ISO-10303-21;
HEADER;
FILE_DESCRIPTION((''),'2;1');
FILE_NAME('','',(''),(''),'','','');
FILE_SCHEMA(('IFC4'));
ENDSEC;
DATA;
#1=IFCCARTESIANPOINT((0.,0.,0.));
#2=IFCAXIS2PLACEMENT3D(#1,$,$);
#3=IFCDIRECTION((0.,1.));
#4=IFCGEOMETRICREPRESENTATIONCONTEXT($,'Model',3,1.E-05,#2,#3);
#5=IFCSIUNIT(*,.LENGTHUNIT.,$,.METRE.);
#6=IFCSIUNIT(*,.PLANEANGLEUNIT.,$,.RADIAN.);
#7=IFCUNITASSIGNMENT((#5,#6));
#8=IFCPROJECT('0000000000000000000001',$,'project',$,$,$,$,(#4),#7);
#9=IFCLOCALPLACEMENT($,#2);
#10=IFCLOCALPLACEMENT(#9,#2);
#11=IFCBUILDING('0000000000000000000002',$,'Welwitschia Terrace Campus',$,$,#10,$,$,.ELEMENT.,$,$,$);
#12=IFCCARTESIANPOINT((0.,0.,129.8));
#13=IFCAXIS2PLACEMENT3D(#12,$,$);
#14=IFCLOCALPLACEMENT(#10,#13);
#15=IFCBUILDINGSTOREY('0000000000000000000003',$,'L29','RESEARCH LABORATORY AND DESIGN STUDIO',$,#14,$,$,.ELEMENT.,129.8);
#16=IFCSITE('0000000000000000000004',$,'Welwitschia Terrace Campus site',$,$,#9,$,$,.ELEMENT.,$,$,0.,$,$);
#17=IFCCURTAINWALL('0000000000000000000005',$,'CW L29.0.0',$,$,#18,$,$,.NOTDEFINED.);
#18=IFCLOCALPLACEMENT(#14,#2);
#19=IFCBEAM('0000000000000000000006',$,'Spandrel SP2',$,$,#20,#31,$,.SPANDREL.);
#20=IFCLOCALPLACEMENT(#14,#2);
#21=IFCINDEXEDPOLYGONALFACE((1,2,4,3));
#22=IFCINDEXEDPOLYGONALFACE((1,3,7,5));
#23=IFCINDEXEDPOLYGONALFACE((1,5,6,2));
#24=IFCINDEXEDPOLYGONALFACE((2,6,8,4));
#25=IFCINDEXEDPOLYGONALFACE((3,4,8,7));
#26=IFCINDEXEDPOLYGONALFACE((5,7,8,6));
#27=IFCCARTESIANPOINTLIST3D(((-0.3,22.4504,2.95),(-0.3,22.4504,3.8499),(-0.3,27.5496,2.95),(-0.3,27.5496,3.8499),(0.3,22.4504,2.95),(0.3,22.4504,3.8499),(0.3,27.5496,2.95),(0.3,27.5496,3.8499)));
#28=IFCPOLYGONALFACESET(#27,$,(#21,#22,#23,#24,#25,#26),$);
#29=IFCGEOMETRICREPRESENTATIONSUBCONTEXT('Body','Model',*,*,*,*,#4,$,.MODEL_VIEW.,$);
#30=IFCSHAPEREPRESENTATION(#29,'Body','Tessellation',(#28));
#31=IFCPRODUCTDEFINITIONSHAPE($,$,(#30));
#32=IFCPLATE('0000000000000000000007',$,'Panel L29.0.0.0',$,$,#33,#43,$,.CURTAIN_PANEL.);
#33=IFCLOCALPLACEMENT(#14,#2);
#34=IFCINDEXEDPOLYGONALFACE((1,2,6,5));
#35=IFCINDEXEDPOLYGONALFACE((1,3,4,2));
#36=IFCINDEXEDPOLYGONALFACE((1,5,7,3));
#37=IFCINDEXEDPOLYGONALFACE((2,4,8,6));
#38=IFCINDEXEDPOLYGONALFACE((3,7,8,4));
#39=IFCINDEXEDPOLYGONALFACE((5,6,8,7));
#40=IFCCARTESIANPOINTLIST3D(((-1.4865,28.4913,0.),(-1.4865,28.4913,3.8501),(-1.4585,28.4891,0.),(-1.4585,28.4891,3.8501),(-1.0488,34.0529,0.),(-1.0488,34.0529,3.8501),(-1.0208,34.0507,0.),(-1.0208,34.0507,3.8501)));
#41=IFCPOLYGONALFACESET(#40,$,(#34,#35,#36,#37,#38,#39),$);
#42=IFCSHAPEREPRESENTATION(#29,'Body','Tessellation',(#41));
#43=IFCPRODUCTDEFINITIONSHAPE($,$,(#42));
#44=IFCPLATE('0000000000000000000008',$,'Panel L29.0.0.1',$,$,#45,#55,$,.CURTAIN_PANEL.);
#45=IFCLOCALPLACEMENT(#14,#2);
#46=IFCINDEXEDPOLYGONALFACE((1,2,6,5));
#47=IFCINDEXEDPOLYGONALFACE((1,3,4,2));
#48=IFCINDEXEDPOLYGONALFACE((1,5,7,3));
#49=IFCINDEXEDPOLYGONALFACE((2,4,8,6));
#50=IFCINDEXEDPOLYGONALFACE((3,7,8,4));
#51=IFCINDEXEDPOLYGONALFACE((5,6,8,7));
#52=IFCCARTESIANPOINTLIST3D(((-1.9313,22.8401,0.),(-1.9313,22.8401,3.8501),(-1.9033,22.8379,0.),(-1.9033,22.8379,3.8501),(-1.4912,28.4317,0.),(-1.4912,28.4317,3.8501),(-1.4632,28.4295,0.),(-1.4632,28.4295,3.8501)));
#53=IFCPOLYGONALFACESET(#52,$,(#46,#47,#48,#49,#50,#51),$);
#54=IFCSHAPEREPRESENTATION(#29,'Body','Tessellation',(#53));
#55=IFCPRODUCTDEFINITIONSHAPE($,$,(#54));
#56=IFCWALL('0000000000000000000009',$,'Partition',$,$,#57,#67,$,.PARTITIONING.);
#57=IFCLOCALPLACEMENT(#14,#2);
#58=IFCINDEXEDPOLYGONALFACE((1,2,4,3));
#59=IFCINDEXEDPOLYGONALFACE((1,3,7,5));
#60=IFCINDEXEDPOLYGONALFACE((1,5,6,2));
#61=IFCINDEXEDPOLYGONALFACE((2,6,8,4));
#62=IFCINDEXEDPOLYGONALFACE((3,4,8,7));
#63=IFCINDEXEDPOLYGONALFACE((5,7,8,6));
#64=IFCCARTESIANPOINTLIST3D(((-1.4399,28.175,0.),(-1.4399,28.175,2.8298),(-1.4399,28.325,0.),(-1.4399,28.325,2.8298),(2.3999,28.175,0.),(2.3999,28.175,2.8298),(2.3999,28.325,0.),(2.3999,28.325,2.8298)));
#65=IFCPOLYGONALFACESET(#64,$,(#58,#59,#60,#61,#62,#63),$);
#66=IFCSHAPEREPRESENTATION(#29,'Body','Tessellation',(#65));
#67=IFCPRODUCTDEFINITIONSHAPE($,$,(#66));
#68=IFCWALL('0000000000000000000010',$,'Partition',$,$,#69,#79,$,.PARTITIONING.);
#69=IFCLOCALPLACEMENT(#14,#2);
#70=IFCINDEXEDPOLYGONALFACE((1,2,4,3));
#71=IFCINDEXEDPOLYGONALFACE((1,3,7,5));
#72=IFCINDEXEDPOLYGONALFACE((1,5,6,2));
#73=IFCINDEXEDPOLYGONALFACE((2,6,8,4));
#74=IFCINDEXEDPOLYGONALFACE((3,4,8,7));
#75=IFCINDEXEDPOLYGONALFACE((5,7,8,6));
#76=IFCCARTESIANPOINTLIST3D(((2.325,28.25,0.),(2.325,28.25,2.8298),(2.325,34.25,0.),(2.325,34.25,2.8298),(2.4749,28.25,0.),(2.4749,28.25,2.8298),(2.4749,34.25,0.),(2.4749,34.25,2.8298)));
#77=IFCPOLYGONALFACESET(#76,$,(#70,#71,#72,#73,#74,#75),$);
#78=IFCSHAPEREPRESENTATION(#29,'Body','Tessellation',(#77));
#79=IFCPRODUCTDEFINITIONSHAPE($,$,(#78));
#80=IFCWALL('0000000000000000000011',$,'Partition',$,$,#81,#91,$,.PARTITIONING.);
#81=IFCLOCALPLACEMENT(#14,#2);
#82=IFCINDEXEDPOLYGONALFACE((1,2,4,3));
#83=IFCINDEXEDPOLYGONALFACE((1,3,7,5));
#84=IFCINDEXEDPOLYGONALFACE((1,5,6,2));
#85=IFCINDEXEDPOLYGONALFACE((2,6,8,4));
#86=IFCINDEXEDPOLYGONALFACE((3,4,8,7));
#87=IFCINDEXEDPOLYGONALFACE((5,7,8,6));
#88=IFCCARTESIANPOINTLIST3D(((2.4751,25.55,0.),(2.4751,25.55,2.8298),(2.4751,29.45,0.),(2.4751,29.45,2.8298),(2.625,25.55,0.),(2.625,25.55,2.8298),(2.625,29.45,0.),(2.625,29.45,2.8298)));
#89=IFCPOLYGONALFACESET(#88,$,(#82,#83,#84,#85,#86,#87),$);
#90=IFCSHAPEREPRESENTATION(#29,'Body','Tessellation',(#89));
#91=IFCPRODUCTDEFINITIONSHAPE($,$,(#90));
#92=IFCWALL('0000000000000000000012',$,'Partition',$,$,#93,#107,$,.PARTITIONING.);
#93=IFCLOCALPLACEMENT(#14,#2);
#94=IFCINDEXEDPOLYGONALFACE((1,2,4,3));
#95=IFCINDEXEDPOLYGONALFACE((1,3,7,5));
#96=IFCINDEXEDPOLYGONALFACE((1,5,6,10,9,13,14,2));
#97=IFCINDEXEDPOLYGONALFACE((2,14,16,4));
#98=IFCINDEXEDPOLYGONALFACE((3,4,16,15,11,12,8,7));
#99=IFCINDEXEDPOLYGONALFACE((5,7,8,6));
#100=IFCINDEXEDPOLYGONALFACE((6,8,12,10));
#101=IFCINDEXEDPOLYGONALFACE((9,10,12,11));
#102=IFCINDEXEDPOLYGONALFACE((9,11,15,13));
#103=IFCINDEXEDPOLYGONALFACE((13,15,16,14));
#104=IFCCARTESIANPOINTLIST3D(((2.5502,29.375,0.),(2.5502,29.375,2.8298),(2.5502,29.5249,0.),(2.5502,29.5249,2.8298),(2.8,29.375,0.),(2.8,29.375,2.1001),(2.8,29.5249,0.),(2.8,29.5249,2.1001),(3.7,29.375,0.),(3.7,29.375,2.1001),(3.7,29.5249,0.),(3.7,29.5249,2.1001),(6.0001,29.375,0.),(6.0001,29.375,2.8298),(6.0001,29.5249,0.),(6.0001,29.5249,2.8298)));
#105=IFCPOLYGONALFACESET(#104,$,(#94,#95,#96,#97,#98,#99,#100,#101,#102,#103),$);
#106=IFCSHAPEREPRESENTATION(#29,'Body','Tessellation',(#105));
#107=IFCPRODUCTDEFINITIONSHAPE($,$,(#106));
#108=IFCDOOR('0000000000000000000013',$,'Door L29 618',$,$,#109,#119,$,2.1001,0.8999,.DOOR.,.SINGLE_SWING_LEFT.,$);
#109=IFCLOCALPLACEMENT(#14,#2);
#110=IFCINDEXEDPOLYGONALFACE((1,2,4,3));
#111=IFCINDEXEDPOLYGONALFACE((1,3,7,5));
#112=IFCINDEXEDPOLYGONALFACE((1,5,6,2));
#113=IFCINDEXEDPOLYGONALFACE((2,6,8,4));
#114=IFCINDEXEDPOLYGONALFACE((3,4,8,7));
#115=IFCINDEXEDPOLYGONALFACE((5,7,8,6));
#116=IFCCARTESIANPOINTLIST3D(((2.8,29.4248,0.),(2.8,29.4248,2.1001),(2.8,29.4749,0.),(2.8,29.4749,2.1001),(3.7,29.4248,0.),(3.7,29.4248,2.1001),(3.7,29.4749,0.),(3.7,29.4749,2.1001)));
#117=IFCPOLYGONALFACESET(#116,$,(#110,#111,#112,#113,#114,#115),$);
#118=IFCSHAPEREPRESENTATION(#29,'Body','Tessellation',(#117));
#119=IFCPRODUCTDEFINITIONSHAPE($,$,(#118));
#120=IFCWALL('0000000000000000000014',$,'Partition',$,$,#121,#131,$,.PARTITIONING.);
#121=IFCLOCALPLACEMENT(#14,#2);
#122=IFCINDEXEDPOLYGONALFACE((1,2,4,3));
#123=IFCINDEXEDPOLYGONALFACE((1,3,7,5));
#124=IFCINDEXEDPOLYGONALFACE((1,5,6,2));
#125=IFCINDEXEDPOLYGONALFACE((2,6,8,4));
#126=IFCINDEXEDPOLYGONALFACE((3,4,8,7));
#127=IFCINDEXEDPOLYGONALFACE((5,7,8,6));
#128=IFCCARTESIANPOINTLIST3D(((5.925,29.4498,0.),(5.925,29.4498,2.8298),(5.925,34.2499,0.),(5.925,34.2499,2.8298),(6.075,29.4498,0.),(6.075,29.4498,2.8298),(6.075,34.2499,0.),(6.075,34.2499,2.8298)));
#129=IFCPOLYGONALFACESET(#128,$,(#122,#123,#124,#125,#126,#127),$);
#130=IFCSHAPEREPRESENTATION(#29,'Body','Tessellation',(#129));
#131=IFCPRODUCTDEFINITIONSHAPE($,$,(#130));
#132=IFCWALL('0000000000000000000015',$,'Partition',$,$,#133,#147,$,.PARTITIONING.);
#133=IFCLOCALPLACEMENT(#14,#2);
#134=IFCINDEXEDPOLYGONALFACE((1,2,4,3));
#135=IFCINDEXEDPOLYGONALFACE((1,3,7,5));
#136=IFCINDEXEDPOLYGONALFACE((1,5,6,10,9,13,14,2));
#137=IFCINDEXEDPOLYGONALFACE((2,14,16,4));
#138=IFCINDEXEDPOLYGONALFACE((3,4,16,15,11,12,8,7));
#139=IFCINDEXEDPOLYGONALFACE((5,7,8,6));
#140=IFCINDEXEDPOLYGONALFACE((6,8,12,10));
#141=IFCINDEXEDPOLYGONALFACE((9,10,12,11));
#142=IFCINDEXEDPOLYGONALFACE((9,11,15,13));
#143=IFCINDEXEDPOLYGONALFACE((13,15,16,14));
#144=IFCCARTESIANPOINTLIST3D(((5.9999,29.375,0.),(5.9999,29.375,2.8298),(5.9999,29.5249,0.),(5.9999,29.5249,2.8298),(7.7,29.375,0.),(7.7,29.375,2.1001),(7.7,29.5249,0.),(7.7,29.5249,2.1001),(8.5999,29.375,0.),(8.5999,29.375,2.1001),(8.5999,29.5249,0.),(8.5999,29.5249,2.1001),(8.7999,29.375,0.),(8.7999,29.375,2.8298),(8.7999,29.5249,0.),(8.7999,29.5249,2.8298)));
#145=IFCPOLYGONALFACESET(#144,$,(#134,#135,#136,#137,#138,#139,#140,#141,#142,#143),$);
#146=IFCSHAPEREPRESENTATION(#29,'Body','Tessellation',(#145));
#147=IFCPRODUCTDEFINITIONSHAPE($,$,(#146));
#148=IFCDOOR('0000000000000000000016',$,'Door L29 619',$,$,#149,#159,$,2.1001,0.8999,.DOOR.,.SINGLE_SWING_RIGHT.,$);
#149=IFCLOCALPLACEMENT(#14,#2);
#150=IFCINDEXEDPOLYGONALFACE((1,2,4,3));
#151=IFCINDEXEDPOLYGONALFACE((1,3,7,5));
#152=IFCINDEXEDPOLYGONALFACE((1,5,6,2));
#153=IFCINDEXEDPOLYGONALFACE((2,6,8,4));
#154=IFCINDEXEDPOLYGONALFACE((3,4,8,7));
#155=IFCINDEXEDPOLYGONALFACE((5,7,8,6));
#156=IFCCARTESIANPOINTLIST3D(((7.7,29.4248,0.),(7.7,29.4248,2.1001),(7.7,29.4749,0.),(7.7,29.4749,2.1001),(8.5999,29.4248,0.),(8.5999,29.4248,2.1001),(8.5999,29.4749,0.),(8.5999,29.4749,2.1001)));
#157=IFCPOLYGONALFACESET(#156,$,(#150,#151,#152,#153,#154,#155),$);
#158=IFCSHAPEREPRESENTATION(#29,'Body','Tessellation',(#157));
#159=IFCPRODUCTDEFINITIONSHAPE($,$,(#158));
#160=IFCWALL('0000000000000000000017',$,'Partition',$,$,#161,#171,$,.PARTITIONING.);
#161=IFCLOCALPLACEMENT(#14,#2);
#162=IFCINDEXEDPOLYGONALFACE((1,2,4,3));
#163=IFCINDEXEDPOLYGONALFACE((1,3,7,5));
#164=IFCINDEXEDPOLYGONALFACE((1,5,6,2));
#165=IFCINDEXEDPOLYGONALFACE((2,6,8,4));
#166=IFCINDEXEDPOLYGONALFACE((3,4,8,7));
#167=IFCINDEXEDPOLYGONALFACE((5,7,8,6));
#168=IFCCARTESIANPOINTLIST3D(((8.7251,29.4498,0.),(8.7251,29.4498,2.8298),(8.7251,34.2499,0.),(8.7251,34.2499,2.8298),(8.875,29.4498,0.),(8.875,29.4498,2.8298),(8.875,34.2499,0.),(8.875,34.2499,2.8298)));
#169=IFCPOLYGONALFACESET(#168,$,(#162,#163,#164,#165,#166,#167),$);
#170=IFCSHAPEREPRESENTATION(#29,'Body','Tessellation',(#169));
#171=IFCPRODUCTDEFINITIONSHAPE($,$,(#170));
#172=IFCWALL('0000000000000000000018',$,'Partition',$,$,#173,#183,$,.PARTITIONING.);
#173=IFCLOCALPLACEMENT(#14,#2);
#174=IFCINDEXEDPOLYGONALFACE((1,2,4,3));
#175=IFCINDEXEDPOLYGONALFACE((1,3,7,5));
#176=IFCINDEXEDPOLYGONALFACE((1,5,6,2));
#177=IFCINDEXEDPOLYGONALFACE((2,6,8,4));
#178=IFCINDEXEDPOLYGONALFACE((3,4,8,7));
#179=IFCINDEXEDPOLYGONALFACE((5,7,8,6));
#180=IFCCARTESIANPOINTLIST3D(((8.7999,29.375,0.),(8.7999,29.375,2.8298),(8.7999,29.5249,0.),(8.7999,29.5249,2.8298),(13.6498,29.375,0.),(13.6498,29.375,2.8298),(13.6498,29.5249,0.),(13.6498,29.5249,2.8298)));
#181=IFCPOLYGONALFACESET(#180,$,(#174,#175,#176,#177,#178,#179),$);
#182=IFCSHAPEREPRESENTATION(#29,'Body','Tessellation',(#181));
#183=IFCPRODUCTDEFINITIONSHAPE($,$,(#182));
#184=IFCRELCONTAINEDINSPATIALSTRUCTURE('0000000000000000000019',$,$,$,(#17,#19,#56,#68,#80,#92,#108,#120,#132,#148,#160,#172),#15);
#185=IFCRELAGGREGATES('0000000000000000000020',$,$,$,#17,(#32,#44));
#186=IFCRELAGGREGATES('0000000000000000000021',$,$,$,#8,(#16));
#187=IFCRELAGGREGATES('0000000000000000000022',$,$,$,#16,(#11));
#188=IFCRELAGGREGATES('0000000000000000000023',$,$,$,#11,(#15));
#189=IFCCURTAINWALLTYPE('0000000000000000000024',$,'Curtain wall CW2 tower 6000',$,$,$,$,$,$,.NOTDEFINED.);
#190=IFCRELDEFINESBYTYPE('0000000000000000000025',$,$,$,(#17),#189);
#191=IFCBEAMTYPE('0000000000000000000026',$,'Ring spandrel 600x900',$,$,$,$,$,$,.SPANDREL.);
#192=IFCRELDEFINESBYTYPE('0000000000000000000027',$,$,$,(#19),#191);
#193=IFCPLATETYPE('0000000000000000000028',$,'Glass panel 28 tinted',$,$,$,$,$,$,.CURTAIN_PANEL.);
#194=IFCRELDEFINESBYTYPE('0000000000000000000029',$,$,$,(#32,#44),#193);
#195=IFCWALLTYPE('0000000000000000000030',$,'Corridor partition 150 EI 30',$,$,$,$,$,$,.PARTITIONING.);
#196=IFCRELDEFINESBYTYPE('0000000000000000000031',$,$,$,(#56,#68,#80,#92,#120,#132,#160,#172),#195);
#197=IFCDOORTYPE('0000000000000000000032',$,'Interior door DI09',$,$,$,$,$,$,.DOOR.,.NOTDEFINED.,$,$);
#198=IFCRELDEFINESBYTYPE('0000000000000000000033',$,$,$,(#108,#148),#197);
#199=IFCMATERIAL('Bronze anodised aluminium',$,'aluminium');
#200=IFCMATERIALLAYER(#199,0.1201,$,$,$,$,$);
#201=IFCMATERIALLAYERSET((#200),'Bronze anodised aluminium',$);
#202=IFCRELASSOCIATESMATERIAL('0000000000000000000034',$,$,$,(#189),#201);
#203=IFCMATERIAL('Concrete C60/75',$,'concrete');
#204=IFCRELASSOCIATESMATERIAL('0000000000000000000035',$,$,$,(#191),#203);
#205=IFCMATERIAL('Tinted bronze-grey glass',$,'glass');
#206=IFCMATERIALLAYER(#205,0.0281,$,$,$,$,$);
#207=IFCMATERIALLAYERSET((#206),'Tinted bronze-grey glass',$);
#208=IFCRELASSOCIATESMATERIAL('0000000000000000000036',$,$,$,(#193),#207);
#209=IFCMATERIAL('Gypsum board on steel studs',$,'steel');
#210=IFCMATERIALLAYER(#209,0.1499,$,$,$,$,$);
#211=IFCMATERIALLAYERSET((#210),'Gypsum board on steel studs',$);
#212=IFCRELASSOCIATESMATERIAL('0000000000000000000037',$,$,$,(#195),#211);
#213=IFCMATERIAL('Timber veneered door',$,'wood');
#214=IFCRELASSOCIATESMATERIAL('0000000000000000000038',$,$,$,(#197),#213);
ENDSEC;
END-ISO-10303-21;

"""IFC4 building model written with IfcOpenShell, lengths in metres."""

from ifc_helpers import new_model, si_unit, direction, frame, frame_2d, origin, origin_2d, place, context, subcontext, project, spatial, rectangle, extrude, material, layer, layer_set, material_profile, profile_set, type_object, element, fill, aggregate, save


model = new_model("IFC4")

# Units and contexts
model_context = context("Model", 3, precision=1e-05, world=origin(), true_north=direction((0.0, 1.0)))
body_context = subcontext(model_context, "Body", "Model", "MODEL_VIEW")
ifc_project = project(units=[si_unit("LENGTHUNIT", "METRE"), si_unit("PLANEANGLEUNIT", "RADIAN")], contexts=[model_context])

# Site, building, storey
site_placement = place(None, origin())
site = spatial("IfcSite", under=ifc_project, at=site_placement, Name="Welwitschia Terrace Campus site", CompositionType="ELEMENT", RefElevation=0.0)
building_placement = place(site_placement, origin())
building = spatial("IfcBuilding", under=site, at=building_placement, Name="Welwitschia Terrace Campus", CompositionType="ELEMENT")
storey_placement = place(building_placement, frame((0.0, 0.0, 129.8)))
storey = spatial("IfcBuildingStorey", under=building, at=storey_placement, Name="L29", Description="RESEARCH LABORATORY AND DESIGN STUDIO", CompositionType="ELEMENT", Elevation=129.8)

# Curtain wall
ifc_material_1 = material(Name="Bronze anodised aluminium", Category="aluminium")
ifc_layer_1 = layer(ifc_material_1, 0.1201)
ifc_layer_set_1 = layer_set([ifc_layer_1], Name="Bronze anodised aluminium")
curtain_wall_type = type_object("IfcCurtainWallType", Name="Curtain wall CW2 tower 6000", PredefinedType="NOTDEFINED", material=ifc_layer_set_1)
curtain_wall_placement = place(storey_placement, origin())
curtain_wall = element("IfcCurtainWall", 1, at=curtain_wall_placement, inside=storey, type_object=curtain_wall_type, Name="CW L29.0.0", PredefinedType="NOTDEFINED")

# Beam
ifc_material_2 = material(Name="Concrete C60/75", Category="concrete")
ifc_material_profile_1 = material_profile(ifc_material_2, rectangle(XDim=0.6001, YDim=0.8999, at=origin_2d()))
ifc_profile_set_1 = profile_set([ifc_material_profile_1], Name="Concrete C60/75")
beam_type_1 = type_object("IfcBeamType", Name="Ring spandrel 600x900", PredefinedType="SPANDREL", material=ifc_profile_set_1)
beam_1_placement = place(storey_placement, frame((0.0, 27.5496, 3.3999), z_axis=(0.0, -1.0, 0.0), x_axis=(1.0, 0.0, 0.0)))
element("IfcBeam", 2, at=beam_1_placement, inside=storey, type_object=beam_type_1, Name="Spandrel SP2", PredefinedType="SPANDREL", context=body_context, shape_type="SweptSolid", body=[
    extrude(rectangle(XDim=0.6001, YDim=0.8999, at=origin_2d()), origin(), (0.0, 0.0, 1.0), 5.0991),
])

# Plates
ifc_material_3 = material(Name="Tinted bronze-grey glass", Category="glass")
ifc_layer_2 = layer(ifc_material_3, 0.0281)
ifc_layer_set_2 = layer_set([ifc_layer_2], Name="Tinted bronze-grey glass")
plate_type = type_object("IfcPlateType", Name="Glass panel 28 tinted", PredefinedType="CURTAIN_PANEL", material=ifc_layer_set_2)
plate_1_placement = place(storey_placement, frame((-1.2537, 31.271, 0.0), z_axis=(0.0, 0.0, 1.0), x_axis=(-0.078459, -0.996917, 0.0)))
plate_1 = element("IfcPlate", 3, at=plate_1_placement, type_object=plate_type, Name="Panel L29.0.0.0", PredefinedType="CURTAIN_PANEL", context=body_context, shape_type="SweptSolid", body=[
    extrude(rectangle(XDim=5.5789, YDim=0.0281, at=origin_2d()), origin(), (0.0, 0.0, 1.0), 3.8501),
])
plate_2_placement = place(storey_placement, frame((-1.6973, 25.6348, 0.0), z_axis=(0.0, 0.0, 1.0), x_axis=(-0.078459, -0.996917, 0.0)))
plate_2 = element("IfcPlate", 4, at=plate_2_placement, type_object=plate_type, Name="Panel L29.0.0.1", PredefinedType="CURTAIN_PANEL", context=body_context, shape_type="SweptSolid", body=[
    extrude(rectangle(XDim=5.6089, YDim=0.0281, at=origin_2d()), origin(), (0.0, 0.0, 1.0), 3.8501),
])
aggregate(curtain_wall, [plate_1, plate_2])

# Walls
ifc_material_4 = material(Name="Gypsum board on steel studs", Category="steel")
ifc_layer_3 = layer(ifc_material_4, 0.1499)
ifc_layer_set_3 = layer_set([ifc_layer_3], Name="Gypsum board on steel studs")
wall_type = type_object("IfcWallType", Name="Corridor partition 150 EI 30", PredefinedType="PARTITIONING", material=ifc_layer_set_3)
wall_1_placement = place(storey_placement, frame((-1.4399, 28.25, 0.0), z_axis=(0.0, 0.0, 1.0), x_axis=(1.0, 0.0, 0.0)))
element("IfcWall", 5, at=wall_1_placement, inside=storey, type_object=wall_type, Name="Partition", PredefinedType="PARTITIONING", context=body_context, shape_type="SweptSolid", body=[
    extrude(rectangle(XDim=3.8398, YDim=0.1499, at=frame_2d((1.9199, 0.0))), origin(), (0.0, 0.0, 1.0), 2.8298),
])
wall_2_placement = place(storey_placement, frame((2.3999, 28.25, 0.0), z_axis=(0.0, 0.0, 1.0), x_axis=(0.0, 1.0, 0.0)))
element("IfcWall", 6, at=wall_2_placement, inside=storey, type_object=wall_type, Name="Partition", PredefinedType="PARTITIONING", context=body_context, shape_type="SweptSolid", body=[
    extrude(rectangle(XDim=6.0, YDim=0.1499, at=frame_2d((3.0, 0.0))), origin(), (0.0, 0.0, 1.0), 2.8298),
])
wall_3_placement = place(storey_placement, frame((2.55, 25.55, 0.0), z_axis=(0.0, 0.0, 1.0), x_axis=(0.0, 1.0, 0.0)))
element("IfcWall", 7, at=wall_3_placement, inside=storey, type_object=wall_type, Name="Partition", PredefinedType="PARTITIONING", context=body_context, shape_type="SweptSolid", body=[
    extrude(rectangle(XDim=3.8999, YDim=0.1499, at=frame_2d((1.95, 0.0))), origin(), (0.0, 0.0, 1.0), 2.8298),
])

# Wall, opening, door
wall_4_placement = place(storey_placement, frame((2.55, 29.45, 0.0), z_axis=(0.0, 0.0, 1.0), x_axis=(1.0, 0.0, 0.0)))
wall_4 = element("IfcWall", 8, at=wall_4_placement, inside=storey, type_object=wall_type, Name="Partition", PredefinedType="PARTITIONING", context=body_context, shape_type="SweptSolid", body=[
    extrude(rectangle(XDim=3.45, YDim=0.1499, at=frame_2d((1.7251, 0.0))), origin(), (0.0, 0.0, 1.0), 2.8298),
])
opening_1_placement = place(wall_4_placement, frame((0.25, 0.0, 0.0)))
opening_1 = element("IfcOpeningElement", 9, at=opening_1_placement, cuts=wall_4, PredefinedType="OPENING", context=body_context, shape_type="SweptSolid", body=[
    extrude(rectangle(XDim=0.8999, YDim=2.1001, at=frame_2d((0.45, 1.05))), frame((0.0, 0.085, 0.0), z_axis=(0.0, -1.0, 0.0), x_axis=(1.0, 0.0, 0.0)), (0.0, 0.0, 1.0), 0.1699),
])
ifc_material_5 = material(Name="Timber veneered door", Category="wood")
door_type = type_object("IfcDoorType", Name="Interior door DI09", OperationType="NOTDEFINED", PredefinedType="DOOR", material=ifc_material_5)
door_1_placement = place(opening_1_placement, origin())
door_1 = element("IfcDoor", 10, at=door_1_placement, inside=storey, type_object=door_type, Name="Door L29 618", OperationType="SINGLE_SWING_LEFT", OverallHeight=2.1001, OverallWidth=0.8999, PredefinedType="DOOR", context=body_context, shape_type="SweptSolid", body=[
    extrude(rectangle(XDim=0.8999, YDim=2.1001, at=frame_2d((0.45, 1.05))), frame((0.0, 0.0249, 0.0), z_axis=(0.0, -1.0, 0.0), x_axis=(1.0, 0.0, 0.0)), (0.0, 0.0, 1.0), 0.05),
])
fill(opening_1, door_1)

# Wall
wall_5_placement = place(storey_placement, frame((6.0, 29.45, 0.0), z_axis=(0.0, 0.0, 1.0), x_axis=(0.0, 1.0, 0.0)))
element("IfcWall", 11, at=wall_5_placement, inside=storey, type_object=wall_type, Name="Partition", PredefinedType="PARTITIONING", context=body_context, shape_type="SweptSolid", body=[
    extrude(rectangle(XDim=4.8, YDim=0.1499, at=frame_2d((2.3999, 0.0))), origin(), (0.0, 0.0, 1.0), 2.8298),
])

# Wall, opening, door
wall_6_placement = place(storey_placement, frame((6.0, 29.45, 0.0), z_axis=(0.0, 0.0, 1.0), x_axis=(1.0, 0.0, 0.0)))
wall_6 = element("IfcWall", 12, at=wall_6_placement, inside=storey, type_object=wall_type, Name="Partition", PredefinedType="PARTITIONING", context=body_context, shape_type="SweptSolid", body=[
    extrude(rectangle(XDim=2.8, YDim=0.1499, at=frame_2d((1.3999, 0.0))), origin(), (0.0, 0.0, 1.0), 2.8298),
])
opening_2_placement = place(wall_6_placement, frame((1.7, 0.0, 0.0)))
opening_2 = element("IfcOpeningElement", 13, at=opening_2_placement, cuts=wall_6, PredefinedType="OPENING", context=body_context, shape_type="SweptSolid", body=[
    extrude(rectangle(XDim=0.8999, YDim=2.1001, at=frame_2d((0.45, 1.05))), frame((0.0, 0.085, 0.0), z_axis=(0.0, -1.0, 0.0), x_axis=(1.0, 0.0, 0.0)), (0.0, 0.0, 1.0), 0.1699),
])
door_2_placement = place(opening_2_placement, origin())
door_2 = element("IfcDoor", 14, at=door_2_placement, inside=storey, type_object=door_type, Name="Door L29 619", OperationType="SINGLE_SWING_RIGHT", OverallHeight=2.1001, OverallWidth=0.8999, PredefinedType="DOOR", context=body_context, shape_type="SweptSolid", body=[
    extrude(rectangle(XDim=0.8999, YDim=2.1001, at=frame_2d((0.45, 1.05))), frame((0.0, 0.0249, 0.0), z_axis=(0.0, -1.0, 0.0), x_axis=(1.0, 0.0, 0.0)), (0.0, 0.0, 1.0), 0.05),
])
fill(opening_2, door_2)

# Walls
wall_7_placement = place(storey_placement, frame((8.8, 29.45, 0.0), z_axis=(0.0, 0.0, 1.0), x_axis=(0.0, 1.0, 0.0)))
element("IfcWall", 15, at=wall_7_placement, inside=storey, type_object=wall_type, Name="Partition", PredefinedType="PARTITIONING", context=body_context, shape_type="SweptSolid", body=[
    extrude(rectangle(XDim=4.8, YDim=0.1499, at=frame_2d((2.3999, 0.0))), origin(), (0.0, 0.0, 1.0), 2.8298),
])
wall_8_placement = place(storey_placement, frame((8.8, 29.45, 0.0), z_axis=(0.0, 0.0, 1.0), x_axis=(1.0, 0.0, 0.0)))
element("IfcWall", 16, at=wall_8_placement, inside=storey, type_object=wall_type, Name="Partition", PredefinedType="PARTITIONING", context=body_context, shape_type="SweptSolid", body=[
    extrude(rectangle(XDim=4.8499, YDim=0.1499, at=frame_2d((2.4248, 0.0))), origin(), (0.0, 0.0, 1.0), 2.8298),
])

save(model, "model.ifc")
